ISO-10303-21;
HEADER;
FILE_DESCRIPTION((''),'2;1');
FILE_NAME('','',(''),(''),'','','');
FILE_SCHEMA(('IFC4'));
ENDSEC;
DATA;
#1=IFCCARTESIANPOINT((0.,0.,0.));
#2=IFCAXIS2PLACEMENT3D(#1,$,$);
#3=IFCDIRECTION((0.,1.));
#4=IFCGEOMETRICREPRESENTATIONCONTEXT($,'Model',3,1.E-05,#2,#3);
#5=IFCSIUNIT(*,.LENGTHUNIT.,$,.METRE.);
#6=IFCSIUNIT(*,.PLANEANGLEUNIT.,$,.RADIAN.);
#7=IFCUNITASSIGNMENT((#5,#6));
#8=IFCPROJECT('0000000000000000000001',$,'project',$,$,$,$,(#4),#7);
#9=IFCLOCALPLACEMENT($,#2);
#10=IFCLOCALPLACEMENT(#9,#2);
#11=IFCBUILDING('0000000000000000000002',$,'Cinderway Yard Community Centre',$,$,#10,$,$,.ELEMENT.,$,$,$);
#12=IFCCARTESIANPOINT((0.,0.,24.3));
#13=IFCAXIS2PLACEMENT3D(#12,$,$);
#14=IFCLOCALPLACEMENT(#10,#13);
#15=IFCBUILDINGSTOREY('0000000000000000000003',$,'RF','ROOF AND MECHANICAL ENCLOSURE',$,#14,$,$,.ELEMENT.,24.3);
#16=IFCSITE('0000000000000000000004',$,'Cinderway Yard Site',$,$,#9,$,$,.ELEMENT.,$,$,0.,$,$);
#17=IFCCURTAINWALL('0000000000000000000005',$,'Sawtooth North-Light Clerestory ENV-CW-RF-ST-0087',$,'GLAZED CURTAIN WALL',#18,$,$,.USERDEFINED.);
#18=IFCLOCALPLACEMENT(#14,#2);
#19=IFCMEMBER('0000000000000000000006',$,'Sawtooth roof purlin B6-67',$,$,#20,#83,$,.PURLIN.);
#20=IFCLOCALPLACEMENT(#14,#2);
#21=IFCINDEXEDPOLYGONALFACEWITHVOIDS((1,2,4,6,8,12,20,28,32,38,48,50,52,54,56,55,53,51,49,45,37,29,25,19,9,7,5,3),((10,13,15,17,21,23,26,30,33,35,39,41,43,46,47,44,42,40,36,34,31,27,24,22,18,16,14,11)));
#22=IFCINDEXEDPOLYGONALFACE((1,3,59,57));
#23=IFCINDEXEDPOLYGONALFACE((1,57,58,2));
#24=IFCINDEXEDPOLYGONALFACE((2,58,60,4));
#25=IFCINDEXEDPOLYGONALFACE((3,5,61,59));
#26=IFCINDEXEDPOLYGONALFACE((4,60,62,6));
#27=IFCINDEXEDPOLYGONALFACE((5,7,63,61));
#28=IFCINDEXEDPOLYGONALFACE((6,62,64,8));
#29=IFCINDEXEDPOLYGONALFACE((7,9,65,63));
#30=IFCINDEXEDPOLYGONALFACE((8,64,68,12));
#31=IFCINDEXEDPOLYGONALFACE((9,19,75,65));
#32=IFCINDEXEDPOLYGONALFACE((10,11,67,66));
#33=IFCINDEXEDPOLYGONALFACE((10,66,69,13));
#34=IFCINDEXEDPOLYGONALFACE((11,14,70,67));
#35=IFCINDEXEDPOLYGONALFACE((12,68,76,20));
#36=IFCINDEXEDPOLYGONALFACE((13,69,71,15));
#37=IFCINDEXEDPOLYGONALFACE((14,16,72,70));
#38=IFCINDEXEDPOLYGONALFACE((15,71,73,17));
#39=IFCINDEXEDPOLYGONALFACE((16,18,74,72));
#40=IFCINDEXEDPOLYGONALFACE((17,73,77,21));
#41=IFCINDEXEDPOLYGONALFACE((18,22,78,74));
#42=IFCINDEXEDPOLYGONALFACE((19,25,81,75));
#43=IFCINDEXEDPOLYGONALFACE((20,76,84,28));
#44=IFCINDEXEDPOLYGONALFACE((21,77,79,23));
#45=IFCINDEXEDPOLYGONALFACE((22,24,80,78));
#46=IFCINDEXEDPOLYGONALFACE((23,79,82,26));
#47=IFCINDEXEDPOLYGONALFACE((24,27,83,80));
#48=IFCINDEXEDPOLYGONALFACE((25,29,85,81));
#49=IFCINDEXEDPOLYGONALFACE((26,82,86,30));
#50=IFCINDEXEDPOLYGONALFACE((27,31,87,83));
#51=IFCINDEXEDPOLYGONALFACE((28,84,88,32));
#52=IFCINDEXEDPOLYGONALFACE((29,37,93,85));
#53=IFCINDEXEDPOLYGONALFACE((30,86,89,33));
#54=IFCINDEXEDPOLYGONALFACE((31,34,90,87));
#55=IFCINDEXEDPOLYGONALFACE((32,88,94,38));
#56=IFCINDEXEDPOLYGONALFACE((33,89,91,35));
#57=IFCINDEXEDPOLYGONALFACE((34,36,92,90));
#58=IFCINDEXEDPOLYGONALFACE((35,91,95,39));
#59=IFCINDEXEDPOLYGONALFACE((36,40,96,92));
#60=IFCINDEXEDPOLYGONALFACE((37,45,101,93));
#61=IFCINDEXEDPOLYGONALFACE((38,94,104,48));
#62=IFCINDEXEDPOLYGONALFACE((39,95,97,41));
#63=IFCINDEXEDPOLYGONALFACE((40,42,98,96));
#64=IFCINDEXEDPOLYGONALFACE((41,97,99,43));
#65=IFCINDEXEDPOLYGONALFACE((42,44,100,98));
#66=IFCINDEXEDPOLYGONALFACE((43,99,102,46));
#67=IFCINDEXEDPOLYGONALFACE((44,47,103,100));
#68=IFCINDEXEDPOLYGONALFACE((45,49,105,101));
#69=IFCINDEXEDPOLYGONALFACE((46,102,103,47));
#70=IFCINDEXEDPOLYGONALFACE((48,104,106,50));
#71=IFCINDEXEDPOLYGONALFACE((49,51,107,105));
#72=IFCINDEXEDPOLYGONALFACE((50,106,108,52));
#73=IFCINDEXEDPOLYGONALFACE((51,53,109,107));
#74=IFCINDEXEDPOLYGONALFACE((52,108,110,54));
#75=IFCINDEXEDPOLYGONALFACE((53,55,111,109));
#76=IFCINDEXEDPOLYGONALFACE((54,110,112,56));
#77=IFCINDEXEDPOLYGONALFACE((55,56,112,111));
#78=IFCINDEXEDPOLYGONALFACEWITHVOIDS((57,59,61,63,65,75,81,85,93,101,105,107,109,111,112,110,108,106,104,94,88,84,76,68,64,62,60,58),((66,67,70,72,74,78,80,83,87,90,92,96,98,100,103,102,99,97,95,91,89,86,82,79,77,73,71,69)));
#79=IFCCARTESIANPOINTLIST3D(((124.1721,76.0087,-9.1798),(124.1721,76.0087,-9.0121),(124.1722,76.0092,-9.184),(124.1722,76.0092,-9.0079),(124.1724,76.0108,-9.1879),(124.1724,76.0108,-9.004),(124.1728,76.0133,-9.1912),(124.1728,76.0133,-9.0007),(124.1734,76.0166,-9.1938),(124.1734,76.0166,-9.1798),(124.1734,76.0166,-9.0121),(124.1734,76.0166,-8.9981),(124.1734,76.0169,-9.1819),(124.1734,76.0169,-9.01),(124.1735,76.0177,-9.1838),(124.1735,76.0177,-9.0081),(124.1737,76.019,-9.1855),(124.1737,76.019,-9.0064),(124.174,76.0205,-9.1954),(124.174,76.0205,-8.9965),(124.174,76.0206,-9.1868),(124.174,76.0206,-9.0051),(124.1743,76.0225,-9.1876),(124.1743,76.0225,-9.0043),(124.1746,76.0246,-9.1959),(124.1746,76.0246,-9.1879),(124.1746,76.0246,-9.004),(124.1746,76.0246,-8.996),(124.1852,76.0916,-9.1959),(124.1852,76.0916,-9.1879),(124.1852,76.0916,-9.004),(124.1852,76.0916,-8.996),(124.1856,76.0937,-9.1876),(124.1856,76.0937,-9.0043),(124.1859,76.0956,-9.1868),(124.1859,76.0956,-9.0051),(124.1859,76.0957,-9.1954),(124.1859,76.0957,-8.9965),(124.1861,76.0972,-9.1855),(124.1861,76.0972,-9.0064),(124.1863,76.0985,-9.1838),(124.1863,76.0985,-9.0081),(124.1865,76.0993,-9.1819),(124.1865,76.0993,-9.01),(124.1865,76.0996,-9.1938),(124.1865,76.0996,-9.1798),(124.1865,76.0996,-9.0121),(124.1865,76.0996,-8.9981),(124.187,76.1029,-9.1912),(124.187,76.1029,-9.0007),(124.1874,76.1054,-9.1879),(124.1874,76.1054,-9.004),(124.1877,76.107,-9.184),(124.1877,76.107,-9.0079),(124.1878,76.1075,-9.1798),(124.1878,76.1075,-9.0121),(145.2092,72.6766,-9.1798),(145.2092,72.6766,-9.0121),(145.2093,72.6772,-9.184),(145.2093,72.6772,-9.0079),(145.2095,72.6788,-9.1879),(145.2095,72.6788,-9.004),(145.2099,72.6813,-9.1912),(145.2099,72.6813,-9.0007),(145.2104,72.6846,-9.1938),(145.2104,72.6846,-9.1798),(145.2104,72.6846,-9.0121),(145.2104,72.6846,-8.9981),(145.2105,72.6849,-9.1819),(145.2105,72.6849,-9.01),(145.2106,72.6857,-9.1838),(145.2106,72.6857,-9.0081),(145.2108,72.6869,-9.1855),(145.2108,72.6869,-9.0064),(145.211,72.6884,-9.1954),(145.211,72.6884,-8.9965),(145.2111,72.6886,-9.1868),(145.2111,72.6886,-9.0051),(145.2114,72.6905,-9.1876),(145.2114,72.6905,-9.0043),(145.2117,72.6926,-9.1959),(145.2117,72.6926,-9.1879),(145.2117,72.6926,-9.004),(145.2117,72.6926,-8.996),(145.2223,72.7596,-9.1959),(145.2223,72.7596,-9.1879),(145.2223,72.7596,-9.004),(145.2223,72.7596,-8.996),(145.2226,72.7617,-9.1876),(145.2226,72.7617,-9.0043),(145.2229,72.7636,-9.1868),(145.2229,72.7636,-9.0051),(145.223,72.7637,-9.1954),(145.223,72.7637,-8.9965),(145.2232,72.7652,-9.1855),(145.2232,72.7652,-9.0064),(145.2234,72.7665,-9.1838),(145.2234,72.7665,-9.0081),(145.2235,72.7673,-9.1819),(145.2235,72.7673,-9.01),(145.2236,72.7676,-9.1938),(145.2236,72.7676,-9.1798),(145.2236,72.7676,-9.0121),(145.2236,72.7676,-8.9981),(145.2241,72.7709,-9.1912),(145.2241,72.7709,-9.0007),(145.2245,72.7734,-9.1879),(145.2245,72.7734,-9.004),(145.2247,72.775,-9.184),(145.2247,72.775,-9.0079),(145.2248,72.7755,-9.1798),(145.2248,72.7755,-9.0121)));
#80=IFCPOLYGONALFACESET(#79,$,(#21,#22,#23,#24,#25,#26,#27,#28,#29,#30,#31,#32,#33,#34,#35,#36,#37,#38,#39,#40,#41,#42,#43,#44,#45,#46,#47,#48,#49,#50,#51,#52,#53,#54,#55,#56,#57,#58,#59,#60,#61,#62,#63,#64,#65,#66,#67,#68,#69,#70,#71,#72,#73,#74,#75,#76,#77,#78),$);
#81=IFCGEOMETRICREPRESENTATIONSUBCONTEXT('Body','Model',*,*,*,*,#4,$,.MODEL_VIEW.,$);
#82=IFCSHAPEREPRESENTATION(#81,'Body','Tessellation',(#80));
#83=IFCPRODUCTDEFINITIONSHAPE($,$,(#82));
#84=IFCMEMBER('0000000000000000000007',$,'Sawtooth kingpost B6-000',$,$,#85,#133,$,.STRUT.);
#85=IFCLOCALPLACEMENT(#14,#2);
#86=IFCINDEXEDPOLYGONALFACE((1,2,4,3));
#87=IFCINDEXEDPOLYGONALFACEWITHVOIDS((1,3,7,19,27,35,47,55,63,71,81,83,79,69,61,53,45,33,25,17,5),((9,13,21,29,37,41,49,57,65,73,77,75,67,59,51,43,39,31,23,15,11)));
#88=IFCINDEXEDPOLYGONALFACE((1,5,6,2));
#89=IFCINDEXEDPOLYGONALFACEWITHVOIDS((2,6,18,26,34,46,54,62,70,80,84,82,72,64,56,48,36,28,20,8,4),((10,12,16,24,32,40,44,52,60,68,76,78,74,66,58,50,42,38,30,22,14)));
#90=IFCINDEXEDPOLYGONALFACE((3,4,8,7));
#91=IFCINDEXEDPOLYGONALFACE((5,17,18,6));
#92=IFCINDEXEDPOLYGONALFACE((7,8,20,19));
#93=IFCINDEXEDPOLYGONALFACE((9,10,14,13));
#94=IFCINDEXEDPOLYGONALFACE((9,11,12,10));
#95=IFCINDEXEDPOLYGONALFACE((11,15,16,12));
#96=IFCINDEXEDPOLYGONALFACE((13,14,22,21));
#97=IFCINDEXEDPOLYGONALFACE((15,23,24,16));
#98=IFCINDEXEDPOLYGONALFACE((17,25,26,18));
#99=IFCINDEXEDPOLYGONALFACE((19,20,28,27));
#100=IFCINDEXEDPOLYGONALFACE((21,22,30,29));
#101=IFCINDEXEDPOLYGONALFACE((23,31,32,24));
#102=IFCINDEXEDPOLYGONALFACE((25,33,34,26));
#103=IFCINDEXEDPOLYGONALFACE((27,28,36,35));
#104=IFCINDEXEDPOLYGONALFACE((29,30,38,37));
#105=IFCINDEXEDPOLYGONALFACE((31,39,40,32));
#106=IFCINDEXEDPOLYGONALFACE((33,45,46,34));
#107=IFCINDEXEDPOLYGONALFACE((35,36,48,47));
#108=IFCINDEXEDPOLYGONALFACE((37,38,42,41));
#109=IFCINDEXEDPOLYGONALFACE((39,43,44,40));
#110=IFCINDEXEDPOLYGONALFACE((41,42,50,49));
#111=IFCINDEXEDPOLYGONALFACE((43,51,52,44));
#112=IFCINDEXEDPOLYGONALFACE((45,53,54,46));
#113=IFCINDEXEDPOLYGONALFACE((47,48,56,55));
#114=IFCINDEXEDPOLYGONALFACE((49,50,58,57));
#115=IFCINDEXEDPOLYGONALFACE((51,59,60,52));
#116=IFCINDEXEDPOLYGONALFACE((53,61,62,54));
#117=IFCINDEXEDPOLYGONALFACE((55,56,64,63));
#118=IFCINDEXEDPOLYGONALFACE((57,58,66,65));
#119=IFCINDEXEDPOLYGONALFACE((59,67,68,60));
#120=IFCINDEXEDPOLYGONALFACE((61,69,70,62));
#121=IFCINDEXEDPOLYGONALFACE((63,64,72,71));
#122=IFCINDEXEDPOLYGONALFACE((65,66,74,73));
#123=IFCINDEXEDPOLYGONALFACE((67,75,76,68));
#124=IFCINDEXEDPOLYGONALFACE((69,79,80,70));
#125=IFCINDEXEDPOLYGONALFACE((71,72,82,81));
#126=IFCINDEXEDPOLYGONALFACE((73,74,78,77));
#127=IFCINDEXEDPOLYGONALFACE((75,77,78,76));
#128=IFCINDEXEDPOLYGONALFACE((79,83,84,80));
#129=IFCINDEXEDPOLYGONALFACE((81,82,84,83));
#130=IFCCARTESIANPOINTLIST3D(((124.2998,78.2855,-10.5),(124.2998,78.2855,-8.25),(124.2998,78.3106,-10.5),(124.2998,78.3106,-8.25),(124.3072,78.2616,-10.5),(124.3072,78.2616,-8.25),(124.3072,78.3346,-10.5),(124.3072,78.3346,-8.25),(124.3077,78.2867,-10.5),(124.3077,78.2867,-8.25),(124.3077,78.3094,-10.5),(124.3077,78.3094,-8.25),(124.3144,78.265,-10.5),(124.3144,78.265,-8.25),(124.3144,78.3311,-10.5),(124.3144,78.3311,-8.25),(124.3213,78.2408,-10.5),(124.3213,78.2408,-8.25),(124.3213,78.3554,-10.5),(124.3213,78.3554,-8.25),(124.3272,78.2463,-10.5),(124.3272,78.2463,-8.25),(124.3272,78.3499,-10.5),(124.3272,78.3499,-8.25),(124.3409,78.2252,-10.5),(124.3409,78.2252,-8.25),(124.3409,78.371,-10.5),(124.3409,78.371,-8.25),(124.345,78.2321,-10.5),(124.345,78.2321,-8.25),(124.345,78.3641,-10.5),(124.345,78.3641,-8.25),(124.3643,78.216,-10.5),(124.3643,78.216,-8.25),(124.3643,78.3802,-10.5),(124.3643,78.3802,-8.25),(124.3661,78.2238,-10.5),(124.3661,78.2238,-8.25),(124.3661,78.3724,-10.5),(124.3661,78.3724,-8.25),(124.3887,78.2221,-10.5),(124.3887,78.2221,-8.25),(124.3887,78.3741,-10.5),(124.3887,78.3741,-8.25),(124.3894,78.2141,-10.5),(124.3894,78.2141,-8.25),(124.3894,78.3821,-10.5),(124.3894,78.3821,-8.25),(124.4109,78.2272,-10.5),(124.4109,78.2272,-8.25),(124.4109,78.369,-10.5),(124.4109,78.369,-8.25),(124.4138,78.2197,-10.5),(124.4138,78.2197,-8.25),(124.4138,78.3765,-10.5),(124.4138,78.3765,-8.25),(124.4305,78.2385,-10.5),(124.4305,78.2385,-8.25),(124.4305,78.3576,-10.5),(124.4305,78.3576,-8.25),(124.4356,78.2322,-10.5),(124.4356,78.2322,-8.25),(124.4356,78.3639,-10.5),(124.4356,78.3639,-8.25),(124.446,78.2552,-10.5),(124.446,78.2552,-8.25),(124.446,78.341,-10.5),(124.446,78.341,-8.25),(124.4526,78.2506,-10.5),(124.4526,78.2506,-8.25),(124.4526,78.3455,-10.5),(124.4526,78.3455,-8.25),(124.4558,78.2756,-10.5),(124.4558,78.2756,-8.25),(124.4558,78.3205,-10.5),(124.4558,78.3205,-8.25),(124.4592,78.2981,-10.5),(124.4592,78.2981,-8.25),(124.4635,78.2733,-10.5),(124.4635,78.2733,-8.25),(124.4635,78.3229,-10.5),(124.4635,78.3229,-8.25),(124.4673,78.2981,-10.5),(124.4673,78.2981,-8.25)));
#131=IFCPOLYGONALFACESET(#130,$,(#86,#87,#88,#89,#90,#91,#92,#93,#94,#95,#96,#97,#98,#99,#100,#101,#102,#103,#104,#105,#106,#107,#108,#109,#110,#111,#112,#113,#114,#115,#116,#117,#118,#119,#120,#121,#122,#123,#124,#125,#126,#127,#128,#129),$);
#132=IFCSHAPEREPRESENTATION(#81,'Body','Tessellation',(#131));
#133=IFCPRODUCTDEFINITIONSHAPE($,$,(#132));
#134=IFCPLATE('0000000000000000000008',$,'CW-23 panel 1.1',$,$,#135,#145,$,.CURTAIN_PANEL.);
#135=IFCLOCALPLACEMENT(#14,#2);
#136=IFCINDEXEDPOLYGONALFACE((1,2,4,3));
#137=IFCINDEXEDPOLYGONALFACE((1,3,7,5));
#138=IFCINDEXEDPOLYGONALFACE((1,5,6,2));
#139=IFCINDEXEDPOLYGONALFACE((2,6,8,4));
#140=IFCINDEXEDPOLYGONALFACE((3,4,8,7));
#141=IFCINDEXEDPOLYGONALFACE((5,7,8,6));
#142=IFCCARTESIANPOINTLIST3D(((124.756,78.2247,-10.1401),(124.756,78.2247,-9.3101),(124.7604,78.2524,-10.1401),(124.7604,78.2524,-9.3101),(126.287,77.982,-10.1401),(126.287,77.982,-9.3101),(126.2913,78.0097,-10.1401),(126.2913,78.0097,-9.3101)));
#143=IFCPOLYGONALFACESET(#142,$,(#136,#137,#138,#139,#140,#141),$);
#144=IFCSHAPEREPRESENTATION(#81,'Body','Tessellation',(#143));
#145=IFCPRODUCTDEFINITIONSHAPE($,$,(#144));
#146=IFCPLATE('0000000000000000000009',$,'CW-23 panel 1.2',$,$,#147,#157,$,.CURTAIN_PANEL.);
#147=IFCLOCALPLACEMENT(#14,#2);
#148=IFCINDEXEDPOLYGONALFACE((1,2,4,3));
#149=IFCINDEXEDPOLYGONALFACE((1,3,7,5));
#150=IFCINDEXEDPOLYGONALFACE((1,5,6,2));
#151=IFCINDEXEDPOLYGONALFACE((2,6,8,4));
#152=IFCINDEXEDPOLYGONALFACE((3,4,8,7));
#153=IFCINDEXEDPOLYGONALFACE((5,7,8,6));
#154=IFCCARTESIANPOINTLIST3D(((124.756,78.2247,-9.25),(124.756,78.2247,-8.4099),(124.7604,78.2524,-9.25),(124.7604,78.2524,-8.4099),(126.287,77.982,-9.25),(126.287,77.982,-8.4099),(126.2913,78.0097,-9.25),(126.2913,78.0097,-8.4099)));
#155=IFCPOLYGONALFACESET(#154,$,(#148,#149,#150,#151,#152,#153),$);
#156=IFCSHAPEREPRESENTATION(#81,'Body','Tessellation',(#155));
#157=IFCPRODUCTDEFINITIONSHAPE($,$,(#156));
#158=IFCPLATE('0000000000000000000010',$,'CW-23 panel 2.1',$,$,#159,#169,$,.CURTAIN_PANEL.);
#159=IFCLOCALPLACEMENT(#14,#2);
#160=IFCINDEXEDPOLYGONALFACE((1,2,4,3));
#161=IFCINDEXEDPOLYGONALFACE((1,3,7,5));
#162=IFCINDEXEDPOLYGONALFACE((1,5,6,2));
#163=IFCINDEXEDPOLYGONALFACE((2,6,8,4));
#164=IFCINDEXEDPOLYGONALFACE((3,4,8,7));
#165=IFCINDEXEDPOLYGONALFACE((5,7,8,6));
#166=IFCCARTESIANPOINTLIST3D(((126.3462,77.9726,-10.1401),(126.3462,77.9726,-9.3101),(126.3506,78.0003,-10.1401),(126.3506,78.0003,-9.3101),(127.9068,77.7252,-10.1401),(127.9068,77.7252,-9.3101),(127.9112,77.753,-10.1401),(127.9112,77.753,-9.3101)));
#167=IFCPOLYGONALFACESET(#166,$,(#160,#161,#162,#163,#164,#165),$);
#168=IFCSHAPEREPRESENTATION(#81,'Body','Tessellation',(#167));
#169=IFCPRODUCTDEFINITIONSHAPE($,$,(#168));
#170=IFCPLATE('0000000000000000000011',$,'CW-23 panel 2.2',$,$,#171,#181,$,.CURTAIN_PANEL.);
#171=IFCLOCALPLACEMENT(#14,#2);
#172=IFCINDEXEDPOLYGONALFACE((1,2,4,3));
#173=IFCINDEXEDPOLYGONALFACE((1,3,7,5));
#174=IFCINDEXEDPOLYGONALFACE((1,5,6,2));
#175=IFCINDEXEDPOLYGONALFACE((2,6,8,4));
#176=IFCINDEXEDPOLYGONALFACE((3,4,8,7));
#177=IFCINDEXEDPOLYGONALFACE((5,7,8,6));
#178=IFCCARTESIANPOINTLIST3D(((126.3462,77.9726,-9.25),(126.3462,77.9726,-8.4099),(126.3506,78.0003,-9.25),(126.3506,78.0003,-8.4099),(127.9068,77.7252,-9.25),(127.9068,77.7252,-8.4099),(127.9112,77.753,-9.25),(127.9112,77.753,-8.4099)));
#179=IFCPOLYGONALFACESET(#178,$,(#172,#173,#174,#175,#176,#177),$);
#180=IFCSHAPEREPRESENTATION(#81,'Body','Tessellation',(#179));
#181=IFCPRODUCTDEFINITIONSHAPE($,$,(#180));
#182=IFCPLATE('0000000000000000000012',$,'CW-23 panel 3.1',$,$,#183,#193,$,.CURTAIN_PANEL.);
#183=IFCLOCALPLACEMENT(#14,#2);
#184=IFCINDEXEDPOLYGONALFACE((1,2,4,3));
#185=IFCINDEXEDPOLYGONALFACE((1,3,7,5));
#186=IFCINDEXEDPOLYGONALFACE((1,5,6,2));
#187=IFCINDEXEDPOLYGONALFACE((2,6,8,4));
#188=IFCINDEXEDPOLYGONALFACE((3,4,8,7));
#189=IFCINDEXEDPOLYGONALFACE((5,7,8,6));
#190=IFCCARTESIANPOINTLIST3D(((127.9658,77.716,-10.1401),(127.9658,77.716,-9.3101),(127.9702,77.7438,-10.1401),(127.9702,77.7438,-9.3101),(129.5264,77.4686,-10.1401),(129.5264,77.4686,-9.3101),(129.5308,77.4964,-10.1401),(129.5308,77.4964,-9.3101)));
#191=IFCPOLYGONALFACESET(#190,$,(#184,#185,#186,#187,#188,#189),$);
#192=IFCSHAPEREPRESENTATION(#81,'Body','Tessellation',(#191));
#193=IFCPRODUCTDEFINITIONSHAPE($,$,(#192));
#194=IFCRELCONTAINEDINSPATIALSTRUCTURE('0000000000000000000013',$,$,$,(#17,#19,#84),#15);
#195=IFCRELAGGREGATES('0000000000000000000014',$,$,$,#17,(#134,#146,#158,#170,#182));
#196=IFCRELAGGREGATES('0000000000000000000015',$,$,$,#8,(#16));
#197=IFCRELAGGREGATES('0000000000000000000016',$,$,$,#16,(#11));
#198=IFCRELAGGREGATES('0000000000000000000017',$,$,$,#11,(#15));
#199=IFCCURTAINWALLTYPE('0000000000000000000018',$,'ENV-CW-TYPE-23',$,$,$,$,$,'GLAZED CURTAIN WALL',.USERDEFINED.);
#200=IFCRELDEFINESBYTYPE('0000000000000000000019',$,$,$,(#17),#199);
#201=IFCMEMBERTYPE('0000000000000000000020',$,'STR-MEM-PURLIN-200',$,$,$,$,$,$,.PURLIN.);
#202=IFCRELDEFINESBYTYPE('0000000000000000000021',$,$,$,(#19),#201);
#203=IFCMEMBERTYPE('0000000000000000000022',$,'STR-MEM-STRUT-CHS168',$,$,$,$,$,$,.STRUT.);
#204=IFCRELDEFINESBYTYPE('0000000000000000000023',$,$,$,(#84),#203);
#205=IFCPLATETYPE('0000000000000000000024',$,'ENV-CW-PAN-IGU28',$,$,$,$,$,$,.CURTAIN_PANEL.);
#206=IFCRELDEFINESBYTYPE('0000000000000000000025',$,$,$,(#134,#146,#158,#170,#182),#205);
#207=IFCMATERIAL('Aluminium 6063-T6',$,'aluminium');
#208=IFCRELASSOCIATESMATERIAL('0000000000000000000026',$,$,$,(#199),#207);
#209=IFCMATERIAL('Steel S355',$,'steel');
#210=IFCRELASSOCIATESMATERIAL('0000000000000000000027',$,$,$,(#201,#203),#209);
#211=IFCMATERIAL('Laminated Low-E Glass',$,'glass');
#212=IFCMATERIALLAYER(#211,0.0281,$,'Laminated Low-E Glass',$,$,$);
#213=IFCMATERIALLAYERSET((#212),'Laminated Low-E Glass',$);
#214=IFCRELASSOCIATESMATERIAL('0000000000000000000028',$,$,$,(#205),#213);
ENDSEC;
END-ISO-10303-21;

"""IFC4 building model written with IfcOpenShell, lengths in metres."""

from ifc_helpers import new_model, si_unit, direction, frame, origin, origin_2d, place, context, subcontext, project, spatial, rectangle, hollow_rectangle, hollow_circle, extrude, material, layer, layer_set, material_profile, profile_set, type_object, element, aggregate, save


model = new_model("IFC4")

# Units and contexts
model_context = context("Model", 3, precision=1e-05, world=origin(), true_north=direction((0.0, 1.0)))
body_context = subcontext(model_context, "Body", "Model", "MODEL_VIEW")
ifc_project = project(units=[si_unit("LENGTHUNIT", "METRE"), si_unit("PLANEANGLEUNIT", "RADIAN")], contexts=[model_context])

# Site, building, storey
site_placement = place(None, origin())
site = spatial("IfcSite", under=ifc_project, at=site_placement, Name="Cinderway Yard Site", CompositionType="ELEMENT", RefElevation=0.0)
building_placement = place(site_placement, origin())
building = spatial("IfcBuilding", under=site, at=building_placement, Name="Cinderway Yard Community Centre", CompositionType="ELEMENT")
storey_placement = place(building_placement, frame((0.0, 0.0, 24.3)))
storey = spatial("IfcBuildingStorey", under=building, at=storey_placement, Name="RF", Description="ROOF AND MECHANICAL ENCLOSURE", CompositionType="ELEMENT", Elevation=24.3)

# Shared definitions
ifc_material_1 = material(Name="Steel S355", Category="steel")

# Curtain wall
ifc_material_2 = material(Name="Aluminium 6063-T6", Category="aluminium")
curtain_wall_type = type_object("IfcCurtainWallType", Name="ENV-CW-TYPE-23", ElementType="GLAZED CURTAIN WALL", PredefinedType="USERDEFINED", material=ifc_material_2)
curtain_wall_placement = place(storey_placement, origin())
curtain_wall = element("IfcCurtainWall", 1, at=curtain_wall_placement, inside=storey, type_object=curtain_wall_type, Name="Sawtooth North-Light Clerestory ENV-CW-RF-ST-0087", ObjectType="GLAZED CURTAIN WALL", PredefinedType="USERDEFINED")

# Members
ifc_material_profile_1 = material_profile(ifc_material_1, hollow_rectangle(XDim=0.1001, YDim=0.2, WallThickness=0.0081, InnerFilletRadius=0.0081, OuterFilletRadius=0.0161, at=origin_2d()), Name="Steel S355")
ifc_profile_set_1 = profile_set([ifc_material_profile_1], Name="Steel S355")
member_type_1 = type_object("IfcMemberType", Name="STR-MEM-PURLIN-200", PredefinedType="PURLIN", material=ifc_profile_set_1)
member_1_placement = place(storey_placement, frame((124.1799, 76.0581, -9.0959), z_axis=(0.987688, -0.156438, 0.0), x_axis=(0.156438, 0.987688, 0.0)))
element("IfcMember", 2, at=member_1_placement, inside=storey, type_object=member_type_1, Name="Sawtooth roof purlin B6-67", PredefinedType="PURLIN", context=body_context, shape_type="SweptSolid", body=[
    extrude(hollow_rectangle(XDim=0.1001, YDim=0.2, WallThickness=0.0081, InnerFilletRadius=0.0081, OuterFilletRadius=0.0161, at=origin_2d()), origin(), (0.0, 0.0, 1.0), 21.2993),
])
ifc_material_profile_2 = material_profile(ifc_material_1, hollow_circle(Radius=0.0842, WallThickness=0.0081, at=origin_2d()), Name="Steel S355")
ifc_profile_set_2 = profile_set([ifc_material_profile_2], Name="Steel S355")
member_type_2 = type_object("IfcMemberType", Name="STR-MEM-STRUT-CHS168", PredefinedType="STRUT", material=ifc_profile_set_2)
member_2_placement = place(storey_placement, frame((124.3831, 78.2981, -10.5), z_axis=(0.0, 0.0, 1.0), x_axis=(1.0, 0.0, 0.0)))
element("IfcMember", 3, at=member_2_placement, inside=storey, type_object=member_type_2, Name="Sawtooth kingpost B6-000", PredefinedType="STRUT", context=body_context, shape_type="SweptSolid", body=[
    extrude(hollow_circle(Radius=0.0842, WallThickness=0.0081, at=origin_2d()), origin(), (0.0, 0.0, 1.0), 2.25),
])

# Plates
ifc_material_3 = material(Name="Laminated Low-E Glass", Category="glass")
ifc_layer_1 = layer(ifc_material_3, 0.0281, Name="Laminated Low-E Glass")
ifc_layer_set_1 = layer_set([ifc_layer_1], Name="Laminated Low-E Glass")
plate_type_1 = type_object("IfcPlateType", Name="ENV-CW-PAN-IGU28", PredefinedType="CURTAIN_PANEL", material=ifc_layer_set_1)
plate_1_placement = place(storey_placement, frame((125.5237, 78.1172, -10.1401), z_axis=(0.0, 0.0, 1.0), x_axis=(0.987669, -0.156557, 0.0)))
plate_1 = element("IfcPlate", 4, at=plate_1_placement, type_object=plate_type_1, Name="CW-23 panel 1.1", PredefinedType="CURTAIN_PANEL", context=body_context, shape_type="SweptSolid", body=[
    extrude(rectangle(XDim=1.55, YDim=0.0281, at=origin_2d()), origin(), (0.0, 0.0, 1.0), 0.8301),
])
plate_2_placement = place(storey_placement, frame((125.5237, 78.1172, -9.25), z_axis=(0.0, 0.0, 1.0), x_axis=(0.987669, -0.156557, 0.0)))
plate_2 = element("IfcPlate", 5, at=plate_2_placement, type_object=plate_type_1, Name="CW-23 panel 1.2", PredefinedType="CURTAIN_PANEL", context=body_context, shape_type="SweptSolid", body=[
    extrude(rectangle(XDim=1.55, YDim=0.0281, at=origin_2d()), origin(), (0.0, 0.0, 1.0), 0.8401),
])
plate_3_placement = place(storey_placement, frame((127.1287, 77.8628, -10.1401), z_axis=(0.0, 0.0, 1.0), x_axis=(0.987669, -0.156557, 0.0)))
plate_3 = element("IfcPlate", 6, at=plate_3_placement, type_object=plate_type_1, Name="CW-23 panel 2.1", PredefinedType="CURTAIN_PANEL", context=body_context, shape_type="SweptSolid", body=[
    extrude(rectangle(XDim=1.5801, YDim=0.0281, at=origin_2d()), origin(), (0.0, 0.0, 1.0), 0.8301),
])
plate_4_placement = place(storey_placement, frame((127.1287, 77.8628, -9.25), z_axis=(0.0, 0.0, 1.0), x_axis=(0.987669, -0.156557, 0.0)))
plate_4 = element("IfcPlate", 7, at=plate_4_placement, type_object=plate_type_1, Name="CW-23 panel 2.2", PredefinedType="CURTAIN_PANEL", context=body_context, shape_type="SweptSolid", body=[
    extrude(rectangle(XDim=1.5801, YDim=0.0281, at=origin_2d()), origin(), (0.0, 0.0, 1.0), 0.8401),
])
plate_5_placement = place(storey_placement, frame((128.7483, 77.6062, -10.1401), z_axis=(0.0, 0.0, 1.0), x_axis=(0.987669, -0.156557, 0.0)))
plate_5 = element("IfcPlate", 8, at=plate_5_placement, type_object=plate_type_1, Name="CW-23 panel 3.1", PredefinedType="CURTAIN_PANEL", context=body_context, shape_type="SweptSolid", body=[
    extrude(rectangle(XDim=1.5801, YDim=0.0281, at=origin_2d()), origin(), (0.0, 0.0, 1.0), 0.8301),
])
aggregate(curtain_wall, [plate_1, plate_2, plate_3, plate_4, plate_5])

save(model, "model.ifc")
